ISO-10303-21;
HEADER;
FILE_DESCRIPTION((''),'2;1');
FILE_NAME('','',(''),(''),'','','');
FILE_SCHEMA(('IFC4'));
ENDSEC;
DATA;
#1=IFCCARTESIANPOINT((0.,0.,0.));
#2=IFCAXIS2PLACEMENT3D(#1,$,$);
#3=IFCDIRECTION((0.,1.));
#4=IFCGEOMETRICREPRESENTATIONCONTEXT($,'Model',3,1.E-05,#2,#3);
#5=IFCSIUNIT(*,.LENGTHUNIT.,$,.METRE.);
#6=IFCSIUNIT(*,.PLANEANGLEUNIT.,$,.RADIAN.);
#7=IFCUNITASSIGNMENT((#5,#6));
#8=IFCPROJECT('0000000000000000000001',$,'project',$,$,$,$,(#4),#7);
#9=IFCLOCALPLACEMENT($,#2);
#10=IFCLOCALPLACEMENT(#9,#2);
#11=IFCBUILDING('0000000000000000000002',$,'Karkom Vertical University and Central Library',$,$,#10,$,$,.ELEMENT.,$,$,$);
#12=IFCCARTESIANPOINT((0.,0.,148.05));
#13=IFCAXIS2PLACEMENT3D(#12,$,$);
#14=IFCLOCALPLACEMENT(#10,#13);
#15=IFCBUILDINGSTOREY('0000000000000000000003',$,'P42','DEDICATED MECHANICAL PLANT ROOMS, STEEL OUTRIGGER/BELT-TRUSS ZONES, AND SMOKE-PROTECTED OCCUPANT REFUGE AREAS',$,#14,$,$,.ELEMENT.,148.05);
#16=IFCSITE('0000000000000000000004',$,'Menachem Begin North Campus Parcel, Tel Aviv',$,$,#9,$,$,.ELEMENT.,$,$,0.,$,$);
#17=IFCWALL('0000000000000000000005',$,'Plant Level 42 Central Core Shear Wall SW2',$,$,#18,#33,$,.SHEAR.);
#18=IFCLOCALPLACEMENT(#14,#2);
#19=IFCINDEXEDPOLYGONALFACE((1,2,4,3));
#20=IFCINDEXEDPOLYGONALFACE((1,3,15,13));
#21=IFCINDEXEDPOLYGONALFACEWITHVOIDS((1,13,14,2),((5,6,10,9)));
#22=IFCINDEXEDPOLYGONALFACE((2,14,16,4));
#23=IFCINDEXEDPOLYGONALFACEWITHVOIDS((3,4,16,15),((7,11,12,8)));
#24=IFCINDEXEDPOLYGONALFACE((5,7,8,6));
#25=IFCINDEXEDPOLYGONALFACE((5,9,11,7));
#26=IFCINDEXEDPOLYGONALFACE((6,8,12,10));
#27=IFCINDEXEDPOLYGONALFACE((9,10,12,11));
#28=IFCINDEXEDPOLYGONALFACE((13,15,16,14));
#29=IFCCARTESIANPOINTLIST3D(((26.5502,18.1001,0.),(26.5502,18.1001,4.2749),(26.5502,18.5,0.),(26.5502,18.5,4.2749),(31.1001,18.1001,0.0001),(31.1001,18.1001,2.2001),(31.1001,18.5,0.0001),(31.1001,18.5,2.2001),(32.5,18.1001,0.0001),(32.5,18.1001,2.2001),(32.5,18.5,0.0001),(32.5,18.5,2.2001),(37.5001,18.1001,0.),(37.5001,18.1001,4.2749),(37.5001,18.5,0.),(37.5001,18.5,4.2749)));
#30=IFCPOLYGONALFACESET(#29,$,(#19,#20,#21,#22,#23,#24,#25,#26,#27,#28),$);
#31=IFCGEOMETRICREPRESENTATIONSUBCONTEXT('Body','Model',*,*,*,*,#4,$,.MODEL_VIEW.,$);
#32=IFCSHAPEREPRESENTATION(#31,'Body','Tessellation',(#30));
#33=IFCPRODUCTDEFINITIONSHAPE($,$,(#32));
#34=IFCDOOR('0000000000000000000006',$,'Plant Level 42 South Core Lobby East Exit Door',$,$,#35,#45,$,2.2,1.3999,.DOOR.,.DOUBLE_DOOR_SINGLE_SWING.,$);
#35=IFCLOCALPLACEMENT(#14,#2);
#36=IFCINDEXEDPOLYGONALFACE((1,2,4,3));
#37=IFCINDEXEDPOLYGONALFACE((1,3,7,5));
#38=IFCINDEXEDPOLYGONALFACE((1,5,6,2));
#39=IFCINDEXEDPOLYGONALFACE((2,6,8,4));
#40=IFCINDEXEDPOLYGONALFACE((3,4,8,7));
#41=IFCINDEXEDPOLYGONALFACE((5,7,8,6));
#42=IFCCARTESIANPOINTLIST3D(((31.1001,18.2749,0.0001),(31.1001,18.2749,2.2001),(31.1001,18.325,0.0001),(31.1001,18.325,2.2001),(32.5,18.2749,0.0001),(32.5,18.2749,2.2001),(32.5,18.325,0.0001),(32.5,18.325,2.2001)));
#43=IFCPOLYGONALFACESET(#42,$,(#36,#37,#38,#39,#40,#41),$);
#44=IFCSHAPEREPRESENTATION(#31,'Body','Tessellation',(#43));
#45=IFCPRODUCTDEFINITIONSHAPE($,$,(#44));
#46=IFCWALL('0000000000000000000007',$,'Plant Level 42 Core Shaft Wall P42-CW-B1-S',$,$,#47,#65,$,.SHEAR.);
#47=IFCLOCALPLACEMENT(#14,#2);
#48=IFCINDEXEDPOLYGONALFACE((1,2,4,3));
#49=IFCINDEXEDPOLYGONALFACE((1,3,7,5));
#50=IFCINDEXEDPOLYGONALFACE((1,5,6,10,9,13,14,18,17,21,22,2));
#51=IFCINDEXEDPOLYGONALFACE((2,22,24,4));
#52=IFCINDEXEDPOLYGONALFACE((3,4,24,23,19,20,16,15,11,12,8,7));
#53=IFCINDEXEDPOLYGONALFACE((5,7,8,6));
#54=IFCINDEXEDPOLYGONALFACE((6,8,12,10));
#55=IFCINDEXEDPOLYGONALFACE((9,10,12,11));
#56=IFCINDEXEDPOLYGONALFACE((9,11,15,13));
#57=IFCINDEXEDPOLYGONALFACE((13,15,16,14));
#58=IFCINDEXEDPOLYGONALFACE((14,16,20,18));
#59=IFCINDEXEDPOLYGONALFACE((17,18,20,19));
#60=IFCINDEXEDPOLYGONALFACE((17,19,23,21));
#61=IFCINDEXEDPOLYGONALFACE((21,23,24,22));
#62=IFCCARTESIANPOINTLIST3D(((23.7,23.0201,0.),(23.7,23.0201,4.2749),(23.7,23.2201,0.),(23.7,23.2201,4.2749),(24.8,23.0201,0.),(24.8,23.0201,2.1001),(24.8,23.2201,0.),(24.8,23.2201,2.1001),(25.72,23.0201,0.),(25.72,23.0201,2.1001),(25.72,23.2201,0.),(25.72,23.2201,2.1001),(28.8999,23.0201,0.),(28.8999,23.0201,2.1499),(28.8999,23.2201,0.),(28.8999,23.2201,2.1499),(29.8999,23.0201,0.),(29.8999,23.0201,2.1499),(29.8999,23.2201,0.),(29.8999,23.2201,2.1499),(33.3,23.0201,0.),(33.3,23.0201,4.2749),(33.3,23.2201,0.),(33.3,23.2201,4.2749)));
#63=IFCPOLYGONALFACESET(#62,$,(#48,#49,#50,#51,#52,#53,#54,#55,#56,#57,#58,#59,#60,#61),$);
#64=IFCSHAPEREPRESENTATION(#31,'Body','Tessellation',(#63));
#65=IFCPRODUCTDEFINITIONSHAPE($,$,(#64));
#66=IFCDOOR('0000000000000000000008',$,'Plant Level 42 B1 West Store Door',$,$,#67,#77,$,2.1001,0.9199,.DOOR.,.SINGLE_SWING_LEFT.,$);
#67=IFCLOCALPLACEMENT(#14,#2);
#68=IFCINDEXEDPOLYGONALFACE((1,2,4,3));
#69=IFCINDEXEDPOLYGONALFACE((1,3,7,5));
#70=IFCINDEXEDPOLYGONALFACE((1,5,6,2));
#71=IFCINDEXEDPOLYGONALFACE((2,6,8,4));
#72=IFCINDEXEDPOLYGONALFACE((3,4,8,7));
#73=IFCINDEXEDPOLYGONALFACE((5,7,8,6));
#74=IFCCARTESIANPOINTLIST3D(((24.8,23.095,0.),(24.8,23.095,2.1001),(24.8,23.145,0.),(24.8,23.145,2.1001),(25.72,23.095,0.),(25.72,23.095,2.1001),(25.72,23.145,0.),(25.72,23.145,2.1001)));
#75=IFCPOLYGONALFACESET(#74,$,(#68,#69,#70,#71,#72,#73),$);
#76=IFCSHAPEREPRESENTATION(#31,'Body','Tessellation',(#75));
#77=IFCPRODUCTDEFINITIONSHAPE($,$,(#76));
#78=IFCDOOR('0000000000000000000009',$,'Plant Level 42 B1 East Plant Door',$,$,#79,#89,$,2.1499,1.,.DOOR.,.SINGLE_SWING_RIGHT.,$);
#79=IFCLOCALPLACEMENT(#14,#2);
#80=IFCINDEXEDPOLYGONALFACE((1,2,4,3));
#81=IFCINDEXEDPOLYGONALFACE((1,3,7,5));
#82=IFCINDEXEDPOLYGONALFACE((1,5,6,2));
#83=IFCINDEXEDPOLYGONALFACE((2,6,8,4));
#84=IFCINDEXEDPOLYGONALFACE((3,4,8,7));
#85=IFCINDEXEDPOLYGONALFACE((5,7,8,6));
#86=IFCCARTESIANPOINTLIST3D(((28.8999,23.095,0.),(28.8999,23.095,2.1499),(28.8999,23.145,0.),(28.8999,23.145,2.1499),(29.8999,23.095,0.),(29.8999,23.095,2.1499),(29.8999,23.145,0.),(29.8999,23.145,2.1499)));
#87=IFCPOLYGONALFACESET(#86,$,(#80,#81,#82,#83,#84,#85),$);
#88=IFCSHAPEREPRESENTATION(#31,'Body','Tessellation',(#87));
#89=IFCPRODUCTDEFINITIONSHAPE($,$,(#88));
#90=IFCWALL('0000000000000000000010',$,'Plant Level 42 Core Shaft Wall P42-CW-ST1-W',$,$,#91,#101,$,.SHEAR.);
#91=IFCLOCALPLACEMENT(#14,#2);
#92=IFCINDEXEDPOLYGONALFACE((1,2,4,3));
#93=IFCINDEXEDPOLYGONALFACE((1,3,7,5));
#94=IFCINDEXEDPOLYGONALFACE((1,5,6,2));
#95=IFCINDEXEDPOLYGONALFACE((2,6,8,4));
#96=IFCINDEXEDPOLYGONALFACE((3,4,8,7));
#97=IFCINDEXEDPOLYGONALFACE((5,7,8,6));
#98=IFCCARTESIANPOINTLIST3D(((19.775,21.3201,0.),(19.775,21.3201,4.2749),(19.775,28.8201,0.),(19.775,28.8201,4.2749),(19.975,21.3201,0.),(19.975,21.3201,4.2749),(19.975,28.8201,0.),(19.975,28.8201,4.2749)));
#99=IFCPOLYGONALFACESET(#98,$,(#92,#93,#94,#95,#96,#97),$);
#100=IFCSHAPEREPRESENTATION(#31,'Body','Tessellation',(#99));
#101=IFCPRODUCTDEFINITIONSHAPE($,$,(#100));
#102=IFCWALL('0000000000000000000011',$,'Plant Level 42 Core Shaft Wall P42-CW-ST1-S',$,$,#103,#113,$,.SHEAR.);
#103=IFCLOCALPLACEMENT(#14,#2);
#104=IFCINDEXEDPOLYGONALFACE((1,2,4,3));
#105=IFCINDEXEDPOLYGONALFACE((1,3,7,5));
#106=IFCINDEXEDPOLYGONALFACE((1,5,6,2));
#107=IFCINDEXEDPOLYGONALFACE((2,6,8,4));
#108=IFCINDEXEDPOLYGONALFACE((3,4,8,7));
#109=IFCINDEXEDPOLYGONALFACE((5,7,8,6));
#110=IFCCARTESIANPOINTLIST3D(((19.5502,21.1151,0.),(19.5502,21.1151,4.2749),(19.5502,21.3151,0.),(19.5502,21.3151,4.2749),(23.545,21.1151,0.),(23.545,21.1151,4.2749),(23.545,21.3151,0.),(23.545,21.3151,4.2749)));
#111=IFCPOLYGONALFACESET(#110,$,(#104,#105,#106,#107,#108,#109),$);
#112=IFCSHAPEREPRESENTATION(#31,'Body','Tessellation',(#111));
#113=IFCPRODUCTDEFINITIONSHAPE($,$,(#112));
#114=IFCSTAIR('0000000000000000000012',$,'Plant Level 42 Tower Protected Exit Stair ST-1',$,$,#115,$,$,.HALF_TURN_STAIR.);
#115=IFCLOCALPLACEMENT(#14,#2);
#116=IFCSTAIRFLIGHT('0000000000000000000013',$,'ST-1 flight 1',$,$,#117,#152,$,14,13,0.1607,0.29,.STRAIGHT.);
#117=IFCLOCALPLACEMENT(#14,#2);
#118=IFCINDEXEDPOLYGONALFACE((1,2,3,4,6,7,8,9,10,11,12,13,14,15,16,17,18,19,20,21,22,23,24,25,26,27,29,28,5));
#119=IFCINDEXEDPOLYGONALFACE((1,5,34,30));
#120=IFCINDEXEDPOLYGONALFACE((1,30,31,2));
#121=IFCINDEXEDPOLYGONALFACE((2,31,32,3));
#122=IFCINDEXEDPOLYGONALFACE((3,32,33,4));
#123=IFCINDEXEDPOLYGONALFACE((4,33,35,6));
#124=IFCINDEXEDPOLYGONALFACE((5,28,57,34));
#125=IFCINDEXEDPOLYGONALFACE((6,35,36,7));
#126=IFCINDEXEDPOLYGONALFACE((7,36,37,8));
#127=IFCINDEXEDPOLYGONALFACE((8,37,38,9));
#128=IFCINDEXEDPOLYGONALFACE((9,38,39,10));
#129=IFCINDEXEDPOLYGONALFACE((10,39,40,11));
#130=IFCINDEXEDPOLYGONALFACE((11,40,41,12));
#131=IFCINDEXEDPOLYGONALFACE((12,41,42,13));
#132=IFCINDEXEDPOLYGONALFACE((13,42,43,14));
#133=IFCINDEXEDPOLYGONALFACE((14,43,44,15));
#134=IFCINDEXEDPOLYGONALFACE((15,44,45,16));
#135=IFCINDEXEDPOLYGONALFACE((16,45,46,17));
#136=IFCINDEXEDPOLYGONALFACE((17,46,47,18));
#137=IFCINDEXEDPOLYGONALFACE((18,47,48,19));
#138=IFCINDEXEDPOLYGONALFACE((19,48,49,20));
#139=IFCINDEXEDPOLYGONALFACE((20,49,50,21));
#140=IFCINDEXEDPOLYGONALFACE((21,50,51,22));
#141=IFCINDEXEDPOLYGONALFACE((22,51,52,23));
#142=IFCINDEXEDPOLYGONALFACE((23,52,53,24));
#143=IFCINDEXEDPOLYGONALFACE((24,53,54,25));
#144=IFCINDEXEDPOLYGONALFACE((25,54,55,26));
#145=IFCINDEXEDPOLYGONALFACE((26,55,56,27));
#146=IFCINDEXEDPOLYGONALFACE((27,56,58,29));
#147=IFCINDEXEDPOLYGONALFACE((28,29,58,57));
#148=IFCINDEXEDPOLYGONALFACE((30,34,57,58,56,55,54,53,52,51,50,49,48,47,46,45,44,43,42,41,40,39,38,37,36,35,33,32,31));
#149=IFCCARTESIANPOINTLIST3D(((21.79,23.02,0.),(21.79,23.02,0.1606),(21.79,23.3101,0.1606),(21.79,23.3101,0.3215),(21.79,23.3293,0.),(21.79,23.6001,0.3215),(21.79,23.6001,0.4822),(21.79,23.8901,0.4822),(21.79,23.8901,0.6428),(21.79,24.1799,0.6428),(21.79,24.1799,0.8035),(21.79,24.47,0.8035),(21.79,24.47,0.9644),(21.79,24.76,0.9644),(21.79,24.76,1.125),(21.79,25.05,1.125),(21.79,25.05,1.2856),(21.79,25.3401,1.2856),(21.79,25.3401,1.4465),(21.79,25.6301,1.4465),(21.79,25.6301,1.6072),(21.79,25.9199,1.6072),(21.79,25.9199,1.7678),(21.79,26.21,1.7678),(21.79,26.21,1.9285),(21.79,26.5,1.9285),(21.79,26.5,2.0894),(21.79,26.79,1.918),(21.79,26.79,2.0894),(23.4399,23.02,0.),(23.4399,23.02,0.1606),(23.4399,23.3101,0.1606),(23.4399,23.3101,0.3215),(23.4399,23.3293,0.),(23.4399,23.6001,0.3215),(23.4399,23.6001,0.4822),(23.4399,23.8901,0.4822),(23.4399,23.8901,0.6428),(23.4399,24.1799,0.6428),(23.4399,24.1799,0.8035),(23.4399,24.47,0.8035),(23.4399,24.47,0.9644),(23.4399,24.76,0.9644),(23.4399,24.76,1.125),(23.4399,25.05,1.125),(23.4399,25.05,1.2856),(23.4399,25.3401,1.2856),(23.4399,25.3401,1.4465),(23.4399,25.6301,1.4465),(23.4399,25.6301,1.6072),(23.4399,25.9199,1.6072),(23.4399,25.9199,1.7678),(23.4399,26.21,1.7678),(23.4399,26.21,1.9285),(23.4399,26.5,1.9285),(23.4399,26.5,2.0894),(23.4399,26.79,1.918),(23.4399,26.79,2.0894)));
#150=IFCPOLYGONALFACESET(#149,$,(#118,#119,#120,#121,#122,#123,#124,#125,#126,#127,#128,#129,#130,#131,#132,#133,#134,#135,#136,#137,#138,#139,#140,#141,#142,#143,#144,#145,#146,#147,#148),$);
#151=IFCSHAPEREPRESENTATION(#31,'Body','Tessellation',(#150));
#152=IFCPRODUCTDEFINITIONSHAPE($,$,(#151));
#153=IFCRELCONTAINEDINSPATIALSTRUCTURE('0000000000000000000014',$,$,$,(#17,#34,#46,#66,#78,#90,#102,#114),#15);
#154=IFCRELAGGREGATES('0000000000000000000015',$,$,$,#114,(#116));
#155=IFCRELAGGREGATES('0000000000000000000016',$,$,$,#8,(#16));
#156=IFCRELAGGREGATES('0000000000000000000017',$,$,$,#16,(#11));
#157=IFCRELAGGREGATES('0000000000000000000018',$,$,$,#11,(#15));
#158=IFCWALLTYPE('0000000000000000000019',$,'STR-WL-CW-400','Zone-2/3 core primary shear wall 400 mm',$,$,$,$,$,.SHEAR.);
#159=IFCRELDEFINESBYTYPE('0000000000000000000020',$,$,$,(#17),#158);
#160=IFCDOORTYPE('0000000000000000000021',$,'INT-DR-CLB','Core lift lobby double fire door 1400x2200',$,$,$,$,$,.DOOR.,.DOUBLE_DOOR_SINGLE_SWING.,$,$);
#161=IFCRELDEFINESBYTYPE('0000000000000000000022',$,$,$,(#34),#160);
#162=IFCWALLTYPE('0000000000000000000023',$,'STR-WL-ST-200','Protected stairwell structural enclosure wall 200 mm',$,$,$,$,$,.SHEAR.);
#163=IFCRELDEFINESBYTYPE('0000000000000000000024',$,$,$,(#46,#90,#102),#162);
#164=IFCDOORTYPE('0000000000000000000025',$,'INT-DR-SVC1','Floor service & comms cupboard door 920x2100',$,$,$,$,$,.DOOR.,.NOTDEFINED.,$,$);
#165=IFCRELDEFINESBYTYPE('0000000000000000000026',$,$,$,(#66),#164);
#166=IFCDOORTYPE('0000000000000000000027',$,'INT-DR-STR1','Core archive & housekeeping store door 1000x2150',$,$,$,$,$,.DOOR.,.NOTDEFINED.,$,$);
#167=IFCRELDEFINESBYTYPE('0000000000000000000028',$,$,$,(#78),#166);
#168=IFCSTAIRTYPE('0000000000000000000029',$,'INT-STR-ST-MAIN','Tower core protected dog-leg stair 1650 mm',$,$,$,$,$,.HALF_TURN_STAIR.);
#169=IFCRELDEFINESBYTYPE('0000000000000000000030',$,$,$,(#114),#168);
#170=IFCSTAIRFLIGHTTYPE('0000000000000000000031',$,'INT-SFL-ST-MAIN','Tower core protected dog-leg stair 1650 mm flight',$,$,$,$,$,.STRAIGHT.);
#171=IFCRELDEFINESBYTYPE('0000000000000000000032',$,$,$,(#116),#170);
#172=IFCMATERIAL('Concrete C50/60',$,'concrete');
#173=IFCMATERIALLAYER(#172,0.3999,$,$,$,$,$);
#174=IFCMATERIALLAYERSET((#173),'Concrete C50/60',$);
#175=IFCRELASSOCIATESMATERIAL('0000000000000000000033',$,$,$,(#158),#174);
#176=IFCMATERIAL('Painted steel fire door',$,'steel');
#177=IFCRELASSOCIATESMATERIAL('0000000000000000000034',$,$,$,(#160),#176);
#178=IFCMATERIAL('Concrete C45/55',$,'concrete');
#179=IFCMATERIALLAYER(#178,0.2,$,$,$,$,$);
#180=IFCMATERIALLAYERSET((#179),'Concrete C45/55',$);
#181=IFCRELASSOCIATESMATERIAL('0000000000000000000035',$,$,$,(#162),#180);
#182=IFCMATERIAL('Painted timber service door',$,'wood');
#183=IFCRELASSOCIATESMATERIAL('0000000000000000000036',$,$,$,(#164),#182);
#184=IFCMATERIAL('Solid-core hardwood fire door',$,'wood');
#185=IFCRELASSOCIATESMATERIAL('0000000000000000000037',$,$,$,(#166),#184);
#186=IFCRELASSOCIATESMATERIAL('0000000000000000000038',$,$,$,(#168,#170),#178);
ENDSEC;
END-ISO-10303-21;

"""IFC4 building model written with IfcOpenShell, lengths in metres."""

from ifc_helpers import new_model, si_unit, direction, frame, frame_2d, origin, origin_with_axes, place, context, subcontext, project, spatial, polyline, rectangle, outline, extrude, source, transform, mapped, material, layer, layer_set, type_object, element, fill, aggregate, save


model = new_model("IFC4")

# Units and contexts
model_context = context("Model", 3, precision=1e-05, world=origin(), true_north=direction((0.0, 1.0)))
body_context = subcontext(model_context, "Body", "Model", "MODEL_VIEW")
ifc_project = project(units=[si_unit("LENGTHUNIT", "METRE"), si_unit("PLANEANGLEUNIT", "RADIAN")], contexts=[model_context])

# Site, building, storey
site_placement = place(None, origin())
site = spatial("IfcSite", under=ifc_project, at=site_placement, Name="Menachem Begin North Campus Parcel, Tel Aviv", CompositionType="ELEMENT", RefElevation=0.0)
building_placement = place(site_placement, origin())
building = spatial("IfcBuilding", under=site, at=building_placement, Name="Karkom Vertical University and Central Library", CompositionType="ELEMENT")
storey_placement = place(building_placement, frame((0.0, 0.0, 148.05)))
storey = spatial("IfcBuildingStorey", under=building, at=storey_placement, Name="P42", Description="DEDICATED MECHANICAL PLANT ROOMS, STEEL OUTRIGGER/BELT-TRUSS ZONES, AND SMOKE-PROTECTED OCCUPANT REFUGE AREAS", CompositionType="ELEMENT", Elevation=148.05)

# Shared definitions
ifc_material_1 = material(Name="Concrete C50/60", Category="concrete")

# Wall, opening, door
ifc_layer_1 = layer(ifc_material_1, 0.3999)
ifc_layer_set_1 = layer_set([ifc_layer_1], Name="Concrete C50/60")
wall_type_1 = type_object("IfcWallType", Name="STR-WL-CW-400", Description="Zone-2/3 core primary shear wall 400 mm", PredefinedType="SHEAR", material=ifc_layer_set_1)
wall_1_placement = place(storey_placement, frame((26.55, 18.3, 0.0), z_axis=(0.0, 0.0, 1.0), x_axis=(1.0, 0.0, 0.0)))
wall_1 = element("IfcWall", 1, at=wall_1_placement, inside=storey, type_object=wall_type_1, Name="Plant Level 42 Central Core Shear Wall SW2", PredefinedType="SHEAR", context=body_context, shape_type="SweptSolid", body=[
    extrude(rectangle(XDim=10.95, YDim=0.3999, at=frame_2d((5.4751, 0.0))), origin(), (0.0, 0.0, 1.0), 4.2749),
])
opening_1_placement = place(wall_1_placement, frame((4.55, 0.0, 0.0)))
opening_1 = element("IfcOpeningElement", 2, at=opening_1_placement, cuts=wall_1, PredefinedType="OPENING", context=body_context, shape_type="SweptSolid", body=[
    extrude(rectangle(XDim=1.3999, YDim=2.2, at=frame_2d((0.7, 1.1001))), frame((0.0, 0.21, 0.0), z_axis=(0.0, -1.0, 0.0), x_axis=(1.0, 0.0, 0.0)), (0.0, 0.0, 1.0), 0.4199),
])
ifc_material_2 = material(Name="Painted steel fire door", Category="steel")
door_type_1 = type_object("IfcDoorType", Name="INT-DR-CLB", Description="Core lift lobby double fire door 1400x2200", OperationType="DOUBLE_DOOR_SINGLE_SWING", PredefinedType="DOOR", material=ifc_material_2)
shared_shape_1 = source(origin_with_axes(), body_context, "Body", "SweptSolid", [
    extrude(rectangle(XDim=1.3999, YDim=2.2, at=frame_2d((0.7, 1.1001))), frame((0.0, 0.0249, 0.0), z_axis=(0.0, -1.0, 0.0), x_axis=(1.0, 0.0, 0.0)), (0.0, 0.0, 1.0), 0.05),
])
door_1_placement = place(opening_1_placement, origin())
door_1 = element("IfcDoor", 3, at=door_1_placement, inside=storey, type_object=door_type_1, Name="Plant Level 42 South Core Lobby East Exit Door", OperationType="DOUBLE_DOOR_SINGLE_SWING", OverallHeight=2.2, OverallWidth=1.3999, PredefinedType="DOOR", context=body_context, shape_type="MappedRepresentation", body=[
    mapped(shared_shape_1, transform((0.0, 0.0, 0.0), scale=1.0)),
])
fill(opening_1, door_1)

# Wall, openings, doors
ifc_material_3 = material(Name="Concrete C45/55", Category="concrete")
ifc_layer_2 = layer(ifc_material_3, 0.2)
ifc_layer_set_2 = layer_set([ifc_layer_2], Name="Concrete C45/55")
wall_type_2 = type_object("IfcWallType", Name="STR-WL-ST-200", Description="Protected stairwell structural enclosure wall 200 mm", PredefinedType="SHEAR", material=ifc_layer_set_2)
wall_2_placement = place(storey_placement, frame((23.7, 23.1201, 0.0), z_axis=(0.0, 0.0, 1.0), x_axis=(1.0, 0.0, 0.0)))
wall_2 = element("IfcWall", 4, at=wall_2_placement, inside=storey, type_object=wall_type_2, Name="Plant Level 42 Core Shaft Wall P42-CW-B1-S", PredefinedType="SHEAR", context=body_context, shape_type="SweptSolid", body=[
    extrude(rectangle(XDim=9.6001, YDim=0.2, at=frame_2d((4.8, 0.0))), origin(), (0.0, 0.0, 1.0), 4.2749),
])
opening_2_placement = place(wall_2_placement, frame((1.1001, 0.0, 0.0)))
opening_2 = element("IfcOpeningElement", 5, at=opening_2_placement, cuts=wall_2, PredefinedType="OPENING", context=body_context, shape_type="SweptSolid", body=[
    extrude(rectangle(XDim=0.9199, YDim=2.1001, at=frame_2d((0.46, 1.05))), frame((0.0, 0.1099, 0.0), z_axis=(0.0, -1.0, 0.0), x_axis=(1.0, 0.0, 0.0)), (0.0, 0.0, 1.0), 0.22),
])
opening_3_placement = place(wall_2_placement, frame((5.2, 0.0, 0.0)))
opening_3 = element("IfcOpeningElement", 6, at=opening_3_placement, cuts=wall_2, PredefinedType="OPENING", context=body_context, shape_type="SweptSolid", body=[
    extrude(rectangle(XDim=1.0, YDim=2.1499, at=frame_2d((0.5, 1.075))), frame((0.0, 0.1099, 0.0), z_axis=(0.0, -1.0, 0.0), x_axis=(1.0, 0.0, 0.0)), (0.0, 0.0, 1.0), 0.22),
])
ifc_material_4 = material(Name="Painted timber service door", Category="wood")
door_type_2 = type_object("IfcDoorType", Name="INT-DR-SVC1", Description="Floor service & comms cupboard door 920x2100", OperationType="NOTDEFINED", PredefinedType="DOOR", material=ifc_material_4)
shared_shape_2 = source(origin_with_axes(), body_context, "Body", "SweptSolid", [
    extrude(rectangle(XDim=0.9199, YDim=2.1001, at=frame_2d((0.46, 1.05))), frame((0.0, 0.0249, 0.0), z_axis=(0.0, -1.0, 0.0), x_axis=(1.0, 0.0, 0.0)), (0.0, 0.0, 1.0), 0.05),
])
door_2_placement = place(opening_2_placement, origin())
door_2 = element("IfcDoor", 7, at=door_2_placement, inside=storey, type_object=door_type_2, Name="Plant Level 42 B1 West Store Door", OperationType="SINGLE_SWING_LEFT", OverallHeight=2.1001, OverallWidth=0.9199, PredefinedType="DOOR", context=body_context, shape_type="MappedRepresentation", body=[
    mapped(shared_shape_2, transform((0.0, 0.0, 0.0), scale=1.0)),
])
fill(opening_2, door_2)
ifc_material_5 = material(Name="Solid-core hardwood fire door", Category="wood")
door_type_3 = type_object("IfcDoorType", Name="INT-DR-STR1", Description="Core archive & housekeeping store door 1000x2150", OperationType="NOTDEFINED", PredefinedType="DOOR", material=ifc_material_5)
shared_shape_3 = source(origin_with_axes(), body_context, "Body", "SweptSolid", [
    extrude(rectangle(XDim=1.0, YDim=2.1499, at=frame_2d((0.5, 1.075))), frame((0.0, 0.0249, 0.0), z_axis=(0.0, -1.0, 0.0), x_axis=(1.0, 0.0, 0.0)), (0.0, 0.0, 1.0), 0.05),
])
door_3_placement = place(opening_3_placement, origin())
door_3 = element("IfcDoor", 8, at=door_3_placement, inside=storey, type_object=door_type_3, Name="Plant Level 42 B1 East Plant Door", OperationType="SINGLE_SWING_RIGHT", OverallHeight=2.1499, OverallWidth=1.0, PredefinedType="DOOR", context=body_context, shape_type="MappedRepresentation", body=[
    mapped(shared_shape_3, transform((0.0, 0.0, 0.0), scale=1.0)),
])
fill(opening_3, door_3)

# Walls
wall_3_placement = place(storey_placement, frame((19.875, 21.3201, 0.0), z_axis=(0.0, 0.0, 1.0), x_axis=(0.0, 1.0, 0.0)))
element("IfcWall", 9, at=wall_3_placement, inside=storey, type_object=wall_type_2, Name="Plant Level 42 Core Shaft Wall P42-CW-ST1-W", PredefinedType="SHEAR", context=body_context, shape_type="SweptSolid", body=[
    extrude(rectangle(XDim=7.5, YDim=0.2, at=frame_2d((3.75, 0.0))), origin(), (0.0, 0.0, 1.0), 4.2749),
])
wall_4_placement = place(storey_placement, frame((19.55, 21.2151, 0.0), z_axis=(0.0, 0.0, 1.0), x_axis=(1.0, 0.0, 0.0)))
element("IfcWall", 10, at=wall_4_placement, inside=storey, type_object=wall_type_2, Name="Plant Level 42 Core Shaft Wall P42-CW-ST1-S", PredefinedType="SHEAR", context=body_context, shape_type="SweptSolid", body=[
    extrude(rectangle(XDim=3.9949, YDim=0.2, at=frame_2d((1.9976, 0.0))), origin(), (0.0, 0.0, 1.0), 4.2749),
])

# Stair, stair flight
stair_type = type_object("IfcStairType", Name="INT-STR-ST-MAIN", Description="Tower core protected dog-leg stair 1650 mm", PredefinedType="HALF_TURN_STAIR", material=ifc_material_3)
stair_placement = place(storey_placement, origin())
stair = element("IfcStair", 11, at=stair_placement, inside=storey, type_object=stair_type, Name="Plant Level 42 Tower Protected Exit Stair ST-1", PredefinedType="HALF_TURN_STAIR")
stair_flight_type = type_object("IfcStairFlightType", Name="INT-SFL-ST-MAIN", Description="Tower core protected dog-leg stair 1650 mm flight", PredefinedType="STRAIGHT", material=ifc_material_3)
stair_flight_placement = place(storey_placement, frame((22.615, 23.02, 0.0), z_axis=(0.0, 0.0, 1.0), x_axis=(0.0, 1.0, 0.0)))
stair_flight = element("IfcStairFlight", 12, at=stair_flight_placement, type_object=stair_flight_type, Name="ST-1 flight 1", NumberOfRisers=14, NumberOfTreads=13, PredefinedType="STRAIGHT", RiserHeight=0.1607, TreadLength=0.29, context=body_context, shape_type="SweptSolid", body=[
    extrude(outline(polyline([(0.0, 0.0), (0.0, 0.1606), (0.29, 0.1606), (0.29, 0.3215), (0.5801, 0.3215), (0.5801, 0.4822), (0.8701, 0.4822), (0.8701, 0.6428), (1.1599, 0.6428), (1.1599, 0.8035), (1.45, 0.8035), (1.45, 0.9644), (1.74, 0.9644), (1.74, 1.125), (2.03, 1.125), (2.03, 1.2856), (2.3201, 1.2856), (2.3201, 1.4465), (2.6101, 1.4465), (2.6101, 1.6072), (2.8999, 1.6072), (2.8999, 1.7678), (3.1899, 1.7678), (3.1899, 1.9285), (3.48, 1.9285), (3.48, 2.0894), (3.77, 2.0894), (3.77, 2.25), (3.77, 1.918), (0.3093, 0.0), (0.0, 0.0)])), frame((0.0, 0.825, 0.0), z_axis=(0.0, -1.0, 0.0), x_axis=(1.0, 0.0, 0.0)), (0.0, 0.0, 1.0), 1.6499),
])
aggregate(stair, [stair_flight])

save(model, "model.ifc")
